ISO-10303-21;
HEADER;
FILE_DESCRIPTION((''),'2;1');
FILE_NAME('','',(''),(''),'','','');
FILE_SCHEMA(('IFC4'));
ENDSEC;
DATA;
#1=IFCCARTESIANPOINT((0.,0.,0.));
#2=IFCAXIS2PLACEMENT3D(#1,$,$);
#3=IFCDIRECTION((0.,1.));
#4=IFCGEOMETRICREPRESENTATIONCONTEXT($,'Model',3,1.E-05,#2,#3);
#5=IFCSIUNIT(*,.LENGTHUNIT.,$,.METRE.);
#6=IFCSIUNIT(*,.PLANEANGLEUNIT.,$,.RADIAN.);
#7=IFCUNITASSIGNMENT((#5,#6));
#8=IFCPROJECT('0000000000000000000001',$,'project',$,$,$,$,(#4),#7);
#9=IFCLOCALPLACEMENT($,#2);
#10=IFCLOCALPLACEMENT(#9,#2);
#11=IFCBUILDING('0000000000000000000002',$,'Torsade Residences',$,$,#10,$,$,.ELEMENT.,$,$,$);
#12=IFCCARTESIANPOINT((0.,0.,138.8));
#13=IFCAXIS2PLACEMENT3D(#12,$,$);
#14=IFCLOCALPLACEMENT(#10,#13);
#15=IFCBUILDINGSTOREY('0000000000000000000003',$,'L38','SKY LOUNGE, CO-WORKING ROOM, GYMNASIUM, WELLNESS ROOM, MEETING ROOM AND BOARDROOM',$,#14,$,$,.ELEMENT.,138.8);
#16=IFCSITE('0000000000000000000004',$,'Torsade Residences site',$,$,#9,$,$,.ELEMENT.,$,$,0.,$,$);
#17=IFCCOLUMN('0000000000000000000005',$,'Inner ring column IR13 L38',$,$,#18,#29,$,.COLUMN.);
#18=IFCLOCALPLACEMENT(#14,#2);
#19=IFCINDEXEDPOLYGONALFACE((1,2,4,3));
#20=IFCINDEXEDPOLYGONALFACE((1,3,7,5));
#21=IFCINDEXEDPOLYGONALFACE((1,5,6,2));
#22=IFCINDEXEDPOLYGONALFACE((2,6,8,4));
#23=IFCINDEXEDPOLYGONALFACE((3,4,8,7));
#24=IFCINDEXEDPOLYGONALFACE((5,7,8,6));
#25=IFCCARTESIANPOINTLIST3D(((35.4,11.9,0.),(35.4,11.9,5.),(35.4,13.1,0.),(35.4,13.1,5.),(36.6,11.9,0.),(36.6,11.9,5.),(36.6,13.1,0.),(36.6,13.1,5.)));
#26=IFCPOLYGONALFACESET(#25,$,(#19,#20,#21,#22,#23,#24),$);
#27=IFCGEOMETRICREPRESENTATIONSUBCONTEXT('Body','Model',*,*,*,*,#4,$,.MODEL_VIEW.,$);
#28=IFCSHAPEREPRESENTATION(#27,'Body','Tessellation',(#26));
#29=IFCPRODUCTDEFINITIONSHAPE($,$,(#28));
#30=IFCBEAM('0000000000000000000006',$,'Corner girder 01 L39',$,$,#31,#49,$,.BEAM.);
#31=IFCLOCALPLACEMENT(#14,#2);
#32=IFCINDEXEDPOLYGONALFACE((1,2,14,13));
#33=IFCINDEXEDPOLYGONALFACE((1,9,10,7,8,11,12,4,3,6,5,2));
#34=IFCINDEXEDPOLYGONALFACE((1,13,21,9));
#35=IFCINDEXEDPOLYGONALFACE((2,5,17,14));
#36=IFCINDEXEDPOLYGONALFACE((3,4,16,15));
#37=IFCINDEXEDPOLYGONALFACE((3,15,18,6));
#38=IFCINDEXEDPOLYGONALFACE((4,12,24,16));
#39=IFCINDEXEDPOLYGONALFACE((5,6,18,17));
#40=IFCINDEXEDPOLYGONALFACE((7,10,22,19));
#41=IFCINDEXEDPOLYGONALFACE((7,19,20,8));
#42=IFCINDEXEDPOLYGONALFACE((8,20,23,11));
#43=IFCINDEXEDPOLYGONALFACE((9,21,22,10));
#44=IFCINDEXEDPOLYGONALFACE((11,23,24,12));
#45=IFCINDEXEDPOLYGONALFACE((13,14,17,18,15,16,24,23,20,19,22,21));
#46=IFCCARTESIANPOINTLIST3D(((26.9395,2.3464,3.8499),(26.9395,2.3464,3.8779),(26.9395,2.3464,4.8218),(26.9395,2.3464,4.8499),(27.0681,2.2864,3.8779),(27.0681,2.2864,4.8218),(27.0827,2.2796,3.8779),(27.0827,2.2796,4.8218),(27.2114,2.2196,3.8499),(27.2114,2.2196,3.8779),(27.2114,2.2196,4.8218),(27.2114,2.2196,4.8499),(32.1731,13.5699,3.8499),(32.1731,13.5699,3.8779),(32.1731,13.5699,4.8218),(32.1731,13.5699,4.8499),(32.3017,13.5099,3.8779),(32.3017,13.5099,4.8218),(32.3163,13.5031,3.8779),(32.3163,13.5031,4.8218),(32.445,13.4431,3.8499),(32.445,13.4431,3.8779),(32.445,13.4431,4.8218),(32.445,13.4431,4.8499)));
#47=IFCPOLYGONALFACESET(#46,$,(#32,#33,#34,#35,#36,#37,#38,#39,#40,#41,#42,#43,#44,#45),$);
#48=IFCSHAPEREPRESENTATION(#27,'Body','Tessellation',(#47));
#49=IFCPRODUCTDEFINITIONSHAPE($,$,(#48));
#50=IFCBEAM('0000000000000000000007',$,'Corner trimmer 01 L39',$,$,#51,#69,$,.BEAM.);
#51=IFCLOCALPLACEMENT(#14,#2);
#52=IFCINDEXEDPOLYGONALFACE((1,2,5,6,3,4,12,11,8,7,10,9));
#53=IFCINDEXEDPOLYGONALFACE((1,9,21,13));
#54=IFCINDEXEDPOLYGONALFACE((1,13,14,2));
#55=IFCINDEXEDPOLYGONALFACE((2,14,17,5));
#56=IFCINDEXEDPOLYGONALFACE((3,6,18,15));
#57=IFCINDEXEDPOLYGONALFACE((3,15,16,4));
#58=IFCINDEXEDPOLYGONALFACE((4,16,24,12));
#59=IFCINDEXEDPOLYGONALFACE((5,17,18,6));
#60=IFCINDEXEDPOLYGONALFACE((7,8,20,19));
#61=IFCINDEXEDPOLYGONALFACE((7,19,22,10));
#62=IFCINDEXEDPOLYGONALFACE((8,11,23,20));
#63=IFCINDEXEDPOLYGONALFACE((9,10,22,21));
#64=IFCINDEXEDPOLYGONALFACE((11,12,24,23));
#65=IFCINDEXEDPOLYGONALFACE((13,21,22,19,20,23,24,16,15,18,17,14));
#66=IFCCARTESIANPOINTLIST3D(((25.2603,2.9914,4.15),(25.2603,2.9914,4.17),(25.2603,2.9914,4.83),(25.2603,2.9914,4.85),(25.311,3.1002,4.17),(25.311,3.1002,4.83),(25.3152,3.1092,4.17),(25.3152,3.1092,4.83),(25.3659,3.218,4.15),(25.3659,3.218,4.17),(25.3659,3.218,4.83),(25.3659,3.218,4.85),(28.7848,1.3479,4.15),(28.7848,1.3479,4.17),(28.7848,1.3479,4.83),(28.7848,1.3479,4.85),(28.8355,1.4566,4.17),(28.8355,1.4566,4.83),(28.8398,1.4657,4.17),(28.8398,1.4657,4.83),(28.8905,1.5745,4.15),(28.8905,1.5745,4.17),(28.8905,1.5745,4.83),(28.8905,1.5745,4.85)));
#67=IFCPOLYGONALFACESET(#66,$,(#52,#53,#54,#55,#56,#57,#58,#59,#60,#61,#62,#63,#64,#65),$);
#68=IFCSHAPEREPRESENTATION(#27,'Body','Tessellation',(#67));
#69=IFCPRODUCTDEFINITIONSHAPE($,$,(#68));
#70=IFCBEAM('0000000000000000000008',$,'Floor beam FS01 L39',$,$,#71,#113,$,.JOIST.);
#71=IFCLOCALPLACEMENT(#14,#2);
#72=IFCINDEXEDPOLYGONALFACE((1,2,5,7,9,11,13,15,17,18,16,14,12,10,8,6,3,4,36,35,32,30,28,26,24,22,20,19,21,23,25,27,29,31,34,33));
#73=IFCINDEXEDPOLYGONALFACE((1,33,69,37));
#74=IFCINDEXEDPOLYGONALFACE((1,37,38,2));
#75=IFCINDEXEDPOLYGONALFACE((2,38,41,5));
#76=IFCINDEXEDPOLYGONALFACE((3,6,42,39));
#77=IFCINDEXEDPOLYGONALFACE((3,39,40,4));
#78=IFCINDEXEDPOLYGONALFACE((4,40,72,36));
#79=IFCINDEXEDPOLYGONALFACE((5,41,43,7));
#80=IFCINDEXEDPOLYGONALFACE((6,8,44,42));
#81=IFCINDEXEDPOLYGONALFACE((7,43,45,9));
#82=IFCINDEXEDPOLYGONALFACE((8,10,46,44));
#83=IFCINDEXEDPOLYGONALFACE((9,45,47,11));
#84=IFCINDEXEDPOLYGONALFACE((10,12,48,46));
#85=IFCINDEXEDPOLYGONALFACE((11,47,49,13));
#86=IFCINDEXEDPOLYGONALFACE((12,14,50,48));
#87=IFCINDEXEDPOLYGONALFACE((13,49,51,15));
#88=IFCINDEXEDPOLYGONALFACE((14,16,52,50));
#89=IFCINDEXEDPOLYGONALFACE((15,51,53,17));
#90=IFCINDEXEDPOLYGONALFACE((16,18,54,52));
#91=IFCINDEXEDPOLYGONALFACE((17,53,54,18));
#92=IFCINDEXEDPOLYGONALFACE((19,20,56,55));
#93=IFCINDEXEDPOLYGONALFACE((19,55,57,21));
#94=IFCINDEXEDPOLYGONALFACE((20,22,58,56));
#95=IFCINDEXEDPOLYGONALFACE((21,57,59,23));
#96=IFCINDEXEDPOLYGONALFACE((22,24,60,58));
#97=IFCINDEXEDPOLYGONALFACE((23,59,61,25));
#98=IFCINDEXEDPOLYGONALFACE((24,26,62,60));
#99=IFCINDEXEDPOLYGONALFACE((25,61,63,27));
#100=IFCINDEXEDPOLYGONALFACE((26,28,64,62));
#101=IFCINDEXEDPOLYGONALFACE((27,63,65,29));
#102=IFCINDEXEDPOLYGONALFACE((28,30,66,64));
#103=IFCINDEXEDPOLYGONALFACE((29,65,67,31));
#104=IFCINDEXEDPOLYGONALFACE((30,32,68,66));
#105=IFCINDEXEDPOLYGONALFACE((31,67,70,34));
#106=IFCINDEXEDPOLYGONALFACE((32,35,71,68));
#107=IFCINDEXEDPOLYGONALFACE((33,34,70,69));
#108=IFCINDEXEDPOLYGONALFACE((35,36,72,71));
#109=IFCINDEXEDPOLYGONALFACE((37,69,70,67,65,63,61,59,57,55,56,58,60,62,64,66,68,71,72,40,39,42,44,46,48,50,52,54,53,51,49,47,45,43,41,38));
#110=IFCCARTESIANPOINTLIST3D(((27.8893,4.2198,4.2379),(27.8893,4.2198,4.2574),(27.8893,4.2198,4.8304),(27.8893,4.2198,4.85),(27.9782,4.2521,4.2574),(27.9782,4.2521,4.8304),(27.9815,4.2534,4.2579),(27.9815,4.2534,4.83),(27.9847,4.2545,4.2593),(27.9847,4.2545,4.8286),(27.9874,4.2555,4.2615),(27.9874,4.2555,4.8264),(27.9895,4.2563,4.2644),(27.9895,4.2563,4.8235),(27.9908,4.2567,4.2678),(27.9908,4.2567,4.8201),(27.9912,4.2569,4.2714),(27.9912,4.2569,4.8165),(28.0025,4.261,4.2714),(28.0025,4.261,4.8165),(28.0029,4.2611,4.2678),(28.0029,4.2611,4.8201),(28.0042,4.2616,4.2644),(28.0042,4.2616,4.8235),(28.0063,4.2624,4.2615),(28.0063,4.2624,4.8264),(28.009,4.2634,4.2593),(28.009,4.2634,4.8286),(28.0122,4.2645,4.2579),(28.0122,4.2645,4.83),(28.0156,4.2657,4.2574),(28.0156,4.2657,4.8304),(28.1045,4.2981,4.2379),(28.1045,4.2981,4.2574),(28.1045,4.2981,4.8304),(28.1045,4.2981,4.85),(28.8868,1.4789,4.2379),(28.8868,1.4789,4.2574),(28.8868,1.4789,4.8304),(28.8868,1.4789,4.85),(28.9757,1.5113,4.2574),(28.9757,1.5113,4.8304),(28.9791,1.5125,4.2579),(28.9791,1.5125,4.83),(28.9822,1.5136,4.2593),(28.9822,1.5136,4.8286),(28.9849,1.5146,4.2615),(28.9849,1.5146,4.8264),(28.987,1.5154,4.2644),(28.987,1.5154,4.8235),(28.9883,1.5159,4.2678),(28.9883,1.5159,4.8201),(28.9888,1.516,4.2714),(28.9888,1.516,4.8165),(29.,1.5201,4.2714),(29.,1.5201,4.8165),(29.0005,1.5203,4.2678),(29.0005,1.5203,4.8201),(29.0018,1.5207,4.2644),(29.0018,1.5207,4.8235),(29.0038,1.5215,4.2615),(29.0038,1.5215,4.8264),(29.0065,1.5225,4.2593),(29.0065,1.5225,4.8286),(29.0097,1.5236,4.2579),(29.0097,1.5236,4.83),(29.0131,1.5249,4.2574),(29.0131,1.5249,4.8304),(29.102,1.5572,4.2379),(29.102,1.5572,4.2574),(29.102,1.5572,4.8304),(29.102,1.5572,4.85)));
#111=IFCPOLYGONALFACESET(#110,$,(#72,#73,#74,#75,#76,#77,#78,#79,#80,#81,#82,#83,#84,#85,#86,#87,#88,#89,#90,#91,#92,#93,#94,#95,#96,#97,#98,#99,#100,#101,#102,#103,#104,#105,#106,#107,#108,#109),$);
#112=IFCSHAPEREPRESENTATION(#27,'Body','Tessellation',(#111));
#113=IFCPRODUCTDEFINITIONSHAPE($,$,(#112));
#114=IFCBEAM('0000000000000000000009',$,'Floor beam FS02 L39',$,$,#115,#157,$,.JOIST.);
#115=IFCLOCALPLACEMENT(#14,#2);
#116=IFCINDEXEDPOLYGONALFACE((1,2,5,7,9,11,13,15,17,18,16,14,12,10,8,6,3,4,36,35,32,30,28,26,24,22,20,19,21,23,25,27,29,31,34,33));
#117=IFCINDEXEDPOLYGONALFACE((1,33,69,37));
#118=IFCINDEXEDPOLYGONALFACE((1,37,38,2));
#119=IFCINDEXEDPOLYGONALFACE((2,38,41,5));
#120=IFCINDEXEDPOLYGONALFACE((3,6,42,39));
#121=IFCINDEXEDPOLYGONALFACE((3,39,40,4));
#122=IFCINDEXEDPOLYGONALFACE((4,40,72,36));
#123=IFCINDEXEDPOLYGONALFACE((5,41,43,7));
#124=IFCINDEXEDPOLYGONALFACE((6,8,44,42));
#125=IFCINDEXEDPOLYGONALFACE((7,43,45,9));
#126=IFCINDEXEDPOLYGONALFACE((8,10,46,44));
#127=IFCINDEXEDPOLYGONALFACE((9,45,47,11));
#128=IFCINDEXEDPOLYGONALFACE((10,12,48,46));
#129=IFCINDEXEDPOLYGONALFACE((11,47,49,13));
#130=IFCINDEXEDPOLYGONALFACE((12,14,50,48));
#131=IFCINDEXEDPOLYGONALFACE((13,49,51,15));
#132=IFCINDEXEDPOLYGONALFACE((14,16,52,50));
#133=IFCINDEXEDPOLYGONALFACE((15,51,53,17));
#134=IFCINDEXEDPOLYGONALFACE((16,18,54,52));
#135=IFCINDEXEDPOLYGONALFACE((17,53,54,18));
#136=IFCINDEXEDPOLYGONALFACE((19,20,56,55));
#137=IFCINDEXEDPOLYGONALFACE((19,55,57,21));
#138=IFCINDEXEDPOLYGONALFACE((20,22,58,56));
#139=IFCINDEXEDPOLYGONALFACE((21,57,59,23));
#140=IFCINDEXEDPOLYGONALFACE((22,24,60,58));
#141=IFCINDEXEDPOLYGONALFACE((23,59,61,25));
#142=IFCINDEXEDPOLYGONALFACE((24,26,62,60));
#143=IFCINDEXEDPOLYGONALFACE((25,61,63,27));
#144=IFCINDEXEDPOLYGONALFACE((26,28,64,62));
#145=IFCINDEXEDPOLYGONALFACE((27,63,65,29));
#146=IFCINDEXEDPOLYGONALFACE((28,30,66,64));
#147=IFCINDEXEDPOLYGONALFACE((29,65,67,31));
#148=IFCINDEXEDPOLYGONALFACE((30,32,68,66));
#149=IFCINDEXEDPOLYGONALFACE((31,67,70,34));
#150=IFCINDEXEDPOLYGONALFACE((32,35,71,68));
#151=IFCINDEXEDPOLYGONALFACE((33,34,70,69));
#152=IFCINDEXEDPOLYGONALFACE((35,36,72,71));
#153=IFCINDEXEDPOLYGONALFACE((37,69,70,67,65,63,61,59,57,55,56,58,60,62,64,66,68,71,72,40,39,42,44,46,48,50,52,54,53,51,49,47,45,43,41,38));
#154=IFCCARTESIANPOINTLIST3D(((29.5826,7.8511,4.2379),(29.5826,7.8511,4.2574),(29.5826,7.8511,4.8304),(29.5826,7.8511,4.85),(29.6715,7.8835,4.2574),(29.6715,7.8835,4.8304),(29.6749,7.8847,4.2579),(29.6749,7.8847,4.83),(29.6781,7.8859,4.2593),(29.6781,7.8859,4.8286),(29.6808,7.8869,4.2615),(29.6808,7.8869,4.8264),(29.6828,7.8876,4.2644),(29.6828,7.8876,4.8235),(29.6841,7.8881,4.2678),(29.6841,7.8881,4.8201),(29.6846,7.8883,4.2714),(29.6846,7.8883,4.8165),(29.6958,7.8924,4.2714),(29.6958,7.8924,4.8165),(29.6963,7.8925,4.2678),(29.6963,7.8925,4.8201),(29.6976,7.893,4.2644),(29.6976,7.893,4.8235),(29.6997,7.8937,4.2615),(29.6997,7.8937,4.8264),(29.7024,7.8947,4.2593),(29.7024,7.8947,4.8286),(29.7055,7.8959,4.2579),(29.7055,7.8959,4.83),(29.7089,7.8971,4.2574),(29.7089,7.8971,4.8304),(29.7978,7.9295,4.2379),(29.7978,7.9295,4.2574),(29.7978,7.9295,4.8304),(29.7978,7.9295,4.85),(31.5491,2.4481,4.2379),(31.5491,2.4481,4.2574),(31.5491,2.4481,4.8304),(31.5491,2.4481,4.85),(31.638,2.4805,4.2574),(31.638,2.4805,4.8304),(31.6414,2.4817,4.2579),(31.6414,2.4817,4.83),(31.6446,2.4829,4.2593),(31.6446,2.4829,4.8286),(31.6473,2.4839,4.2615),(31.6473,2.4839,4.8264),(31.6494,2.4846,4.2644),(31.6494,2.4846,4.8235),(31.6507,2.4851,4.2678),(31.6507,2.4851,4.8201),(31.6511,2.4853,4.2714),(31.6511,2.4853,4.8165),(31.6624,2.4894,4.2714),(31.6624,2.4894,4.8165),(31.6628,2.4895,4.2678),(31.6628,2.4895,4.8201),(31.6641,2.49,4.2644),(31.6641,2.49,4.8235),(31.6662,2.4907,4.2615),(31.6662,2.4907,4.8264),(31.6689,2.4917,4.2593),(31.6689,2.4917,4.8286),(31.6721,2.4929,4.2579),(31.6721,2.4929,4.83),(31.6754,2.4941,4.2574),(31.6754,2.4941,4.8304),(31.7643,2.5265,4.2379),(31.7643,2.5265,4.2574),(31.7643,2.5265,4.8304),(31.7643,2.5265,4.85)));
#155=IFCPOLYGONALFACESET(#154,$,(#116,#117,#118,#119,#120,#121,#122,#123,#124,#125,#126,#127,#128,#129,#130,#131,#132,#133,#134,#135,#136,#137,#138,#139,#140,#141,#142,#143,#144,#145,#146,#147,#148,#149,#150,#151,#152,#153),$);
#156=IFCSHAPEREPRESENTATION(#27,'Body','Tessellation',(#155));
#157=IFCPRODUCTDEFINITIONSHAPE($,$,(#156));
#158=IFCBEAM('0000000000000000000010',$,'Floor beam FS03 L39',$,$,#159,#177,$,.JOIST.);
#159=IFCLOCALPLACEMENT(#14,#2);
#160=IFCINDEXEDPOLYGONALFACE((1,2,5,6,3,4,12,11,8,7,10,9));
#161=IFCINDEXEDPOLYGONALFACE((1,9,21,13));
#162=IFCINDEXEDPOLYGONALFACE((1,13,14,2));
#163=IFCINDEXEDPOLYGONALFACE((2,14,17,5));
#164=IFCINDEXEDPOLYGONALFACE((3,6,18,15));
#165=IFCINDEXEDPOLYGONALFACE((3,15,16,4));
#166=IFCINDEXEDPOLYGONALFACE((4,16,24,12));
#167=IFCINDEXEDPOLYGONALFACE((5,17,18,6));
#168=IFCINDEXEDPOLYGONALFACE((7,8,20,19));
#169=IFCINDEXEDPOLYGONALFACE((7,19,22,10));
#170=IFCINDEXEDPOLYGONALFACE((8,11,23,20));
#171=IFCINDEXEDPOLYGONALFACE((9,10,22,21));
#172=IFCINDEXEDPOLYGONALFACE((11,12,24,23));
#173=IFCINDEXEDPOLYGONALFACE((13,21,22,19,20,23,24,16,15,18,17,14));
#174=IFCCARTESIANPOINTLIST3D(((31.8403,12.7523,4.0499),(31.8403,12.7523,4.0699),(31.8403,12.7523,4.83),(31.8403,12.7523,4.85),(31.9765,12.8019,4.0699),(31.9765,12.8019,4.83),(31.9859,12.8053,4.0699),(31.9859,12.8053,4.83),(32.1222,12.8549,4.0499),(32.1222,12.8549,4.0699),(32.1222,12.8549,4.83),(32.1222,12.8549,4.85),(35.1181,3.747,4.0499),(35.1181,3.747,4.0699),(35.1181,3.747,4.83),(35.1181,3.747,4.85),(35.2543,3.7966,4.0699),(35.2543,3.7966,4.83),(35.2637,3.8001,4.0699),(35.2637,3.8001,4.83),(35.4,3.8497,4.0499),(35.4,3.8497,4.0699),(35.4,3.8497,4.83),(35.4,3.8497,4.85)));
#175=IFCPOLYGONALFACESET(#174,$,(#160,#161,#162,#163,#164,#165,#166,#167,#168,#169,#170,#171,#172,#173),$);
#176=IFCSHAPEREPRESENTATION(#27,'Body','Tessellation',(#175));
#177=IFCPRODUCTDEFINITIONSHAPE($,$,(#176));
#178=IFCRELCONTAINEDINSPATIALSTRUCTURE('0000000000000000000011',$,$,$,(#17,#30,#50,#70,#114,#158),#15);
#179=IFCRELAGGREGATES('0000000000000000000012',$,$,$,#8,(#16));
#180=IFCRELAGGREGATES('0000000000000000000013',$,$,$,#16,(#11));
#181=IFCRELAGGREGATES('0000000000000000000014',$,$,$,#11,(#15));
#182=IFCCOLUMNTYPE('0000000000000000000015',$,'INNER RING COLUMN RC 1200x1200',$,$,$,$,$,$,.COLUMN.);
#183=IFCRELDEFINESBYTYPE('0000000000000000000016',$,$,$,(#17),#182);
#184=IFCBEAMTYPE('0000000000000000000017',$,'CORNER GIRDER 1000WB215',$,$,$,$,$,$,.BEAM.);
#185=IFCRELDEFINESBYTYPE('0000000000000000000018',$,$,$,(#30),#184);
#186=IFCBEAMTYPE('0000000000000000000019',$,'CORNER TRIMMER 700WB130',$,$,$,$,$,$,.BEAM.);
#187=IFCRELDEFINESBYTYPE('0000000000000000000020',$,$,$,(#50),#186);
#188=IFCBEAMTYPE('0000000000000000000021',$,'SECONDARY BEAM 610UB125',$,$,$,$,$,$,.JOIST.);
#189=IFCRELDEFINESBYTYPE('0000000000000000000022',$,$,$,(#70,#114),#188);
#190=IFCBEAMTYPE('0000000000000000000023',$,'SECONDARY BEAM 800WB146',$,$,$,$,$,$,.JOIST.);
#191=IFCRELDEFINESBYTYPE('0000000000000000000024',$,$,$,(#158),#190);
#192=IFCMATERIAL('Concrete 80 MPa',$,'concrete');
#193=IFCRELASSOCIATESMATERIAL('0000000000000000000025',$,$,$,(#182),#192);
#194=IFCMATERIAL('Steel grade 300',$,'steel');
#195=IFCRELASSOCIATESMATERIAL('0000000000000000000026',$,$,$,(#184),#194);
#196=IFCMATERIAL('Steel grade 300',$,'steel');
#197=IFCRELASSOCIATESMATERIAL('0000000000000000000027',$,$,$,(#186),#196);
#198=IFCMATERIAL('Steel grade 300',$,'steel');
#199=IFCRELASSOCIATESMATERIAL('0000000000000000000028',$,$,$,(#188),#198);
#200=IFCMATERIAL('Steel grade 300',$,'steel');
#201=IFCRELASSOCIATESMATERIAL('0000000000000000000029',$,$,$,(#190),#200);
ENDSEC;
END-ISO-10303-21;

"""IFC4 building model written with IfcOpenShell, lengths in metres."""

from ifc_helpers import new_model, si_unit, direction, frame, origin, origin_2d, place, context, subcontext, project, spatial, rectangle, i_section, extrude, material, material_profile, profile_set, type_object, element, save


model = new_model("IFC4")

# Units and contexts
model_context = context("Model", 3, precision=1e-05, world=origin(), true_north=direction((0.0, 1.0)))
body_context = subcontext(model_context, "Body", "Model", "MODEL_VIEW")
ifc_project = project(units=[si_unit("LENGTHUNIT", "METRE"), si_unit("PLANEANGLEUNIT", "RADIAN")], contexts=[model_context])

# Site, building, storey
site_placement = place(None, origin())
site = spatial("IfcSite", under=ifc_project, at=site_placement, Name="Torsade Residences site", CompositionType="ELEMENT", RefElevation=0.0)
building_placement = place(site_placement, origin())
building = spatial("IfcBuilding", under=site, at=building_placement, Name="Torsade Residences", CompositionType="ELEMENT")
storey_placement = place(building_placement, frame((0.0, 0.0, 138.8)))
storey = spatial("IfcBuildingStorey", under=building, at=storey_placement, Name="L38", Description="SKY LOUNGE, CO-WORKING ROOM, GYMNASIUM, WELLNESS ROOM, MEETING ROOM AND BOARDROOM", CompositionType="ELEMENT", Elevation=138.8)

# Column
ifc_material_1 = material(Name="Concrete 80 MPa", Category="concrete")
ifc_material_profile_1 = material_profile(ifc_material_1, rectangle(XDim=1.2, YDim=1.2, at=origin_2d()), Name="RC 1200x1200")
ifc_profile_set_1 = profile_set([ifc_material_profile_1], Name="Concrete 80 MPa")
column_type = type_object("IfcColumnType", Name="INNER RING COLUMN RC 1200x1200", PredefinedType="COLUMN", material=ifc_profile_set_1)
column_placement = place(storey_placement, frame((36.0, 12.5, 0.0), z_axis=(0.0, 0.0, 1.0), x_axis=(1.0, 0.0, 0.0)))
element("IfcColumn", 1, at=column_placement, inside=storey, type_object=column_type, Name="Inner ring column IR13 L38", PredefinedType="COLUMN", context=body_context, shape_type="SweptSolid", body=[
    extrude(rectangle(XDim=1.2, YDim=1.2, at=origin_2d()), origin(), (0.0, 0.0, 1.0), 5.0),
])

# Beams
ifc_material_2 = material(Name="Steel grade 300", Category="steel")
ifc_material_profile_2 = material_profile(ifc_material_2, i_section(OverallWidth=0.3, OverallDepth=1.0, WebThickness=0.0161, FlangeThickness=0.0281, at=origin_2d()), Name="1000WB215")
ifc_profile_set_2 = profile_set([ifc_material_profile_2], Name="Steel grade 300")
beam_type_1 = type_object("IfcBeamType", Name="CORNER GIRDER 1000WB215", PredefinedType="BEAM", material=ifc_profile_set_2)
beam_1_placement = place(storey_placement, frame((27.0754, 2.283, 4.3499), z_axis=(0.422617, 0.906309, 0.0), x_axis=(-0.906309, 0.422617, 0.0)))
element("IfcBeam", 2, at=beam_1_placement, inside=storey, type_object=beam_type_1, Name="Corner girder 01 L39", PredefinedType="BEAM", context=body_context, shape_type="SweptSolid", body=[
    extrude(i_section(OverallWidth=0.3, OverallDepth=1.0, WebThickness=0.0161, FlangeThickness=0.0281, at=origin_2d()), origin(), (0.0, 0.0, 1.0), 12.3838),
])
ifc_material_3 = material(Name="Steel grade 300", Category="steel")
ifc_material_profile_3 = material_profile(ifc_material_3, i_section(OverallWidth=0.25, OverallDepth=0.7, WebThickness=0.01, FlangeThickness=0.02, at=origin_2d()), Name="700WB130")
ifc_profile_set_3 = profile_set([ifc_material_profile_3], Name="Steel grade 300")
beam_type_2 = type_object("IfcBeamType", Name="CORNER TRIMMER 700WB130", PredefinedType="BEAM", material=ifc_profile_set_3)
beam_2_placement = place(storey_placement, frame((28.8376, 1.4612, 4.5), z_axis=(-0.90631, 0.422614, 0.0), x_axis=(-0.422614, -0.90631, 0.0)))
element("IfcBeam", 3, at=beam_2_placement, inside=storey, type_object=beam_type_2, Name="Corner trimmer 01 L39", PredefinedType="BEAM", context=body_context, shape_type="SweptSolid", body=[
    extrude(i_section(OverallWidth=0.25, OverallDepth=0.7, WebThickness=0.01, FlangeThickness=0.02, at=origin_2d()), origin(), (0.0, 0.0, 1.0), 3.8889),
])
ifc_material_4 = material(Name="Steel grade 300", Category="steel")
ifc_material_profile_4 = material_profile(ifc_material_4, i_section(OverallWidth=0.229, OverallDepth=0.6121, WebThickness=0.012, FlangeThickness=0.0195, FilletRadius=0.0139, at=origin_2d()), Name="610UB125")
ifc_profile_set_4 = profile_set([ifc_material_profile_4], Name="Steel grade 300")
beam_type_3 = type_object("IfcBeamType", Name="SECONDARY BEAM 610UB125", PredefinedType="JOIST", material=ifc_profile_set_4)
beam_3_placement = place(storey_placement, frame((28.9944, 1.5181, 4.5439), z_axis=(-0.341998, 0.939701, 0.0), x_axis=(-0.939701, -0.341998, 0.0)))
element("IfcBeam", 4, at=beam_3_placement, inside=storey, type_object=beam_type_3, Name="Floor beam FS01 L39", PredefinedType="JOIST", context=body_context, shape_type="SweptSolid", body=[
    extrude(i_section(OverallWidth=0.229, OverallDepth=0.6121, WebThickness=0.012, FlangeThickness=0.0195, FilletRadius=0.0139, at=origin_2d()), origin(), (0.0, 0.0, 1.0), 2.9167),
])
beam_4_placement = place(storey_placement, frame((31.6567, 2.4873, 4.5439), z_axis=(-0.342019, 0.939693, 0.0), x_axis=(-0.939693, -0.342019, 0.0)))
element("IfcBeam", 5, at=beam_4_placement, inside=storey, type_object=beam_type_3, Name="Floor beam FS02 L39", PredefinedType="JOIST", context=body_context, shape_type="SweptSolid", body=[
    extrude(i_section(OverallWidth=0.229, OverallDepth=0.6121, WebThickness=0.012, FlangeThickness=0.0195, FilletRadius=0.0139, at=origin_2d()), origin(), (0.0, 0.0, 1.0), 5.7498),
])
ifc_material_5 = material(Name="Steel grade 300", Category="steel")
ifc_material_profile_5 = material_profile(ifc_material_5, i_section(OverallWidth=0.3, OverallDepth=0.8, WebThickness=0.01, FlangeThickness=0.02, at=origin_2d()), Name="800WB146")
ifc_profile_set_5 = profile_set([ifc_material_profile_5], Name="Steel grade 300")
beam_type_4 = type_object("IfcBeamType", Name="SECONDARY BEAM 800WB146", PredefinedType="JOIST", material=ifc_profile_set_5)
beam_5_placement = place(storey_placement, frame((35.259, 3.7983, 4.45), z_axis=(-0.342034, 0.939688, 0.0), x_axis=(-0.939688, -0.342034, 0.0)))
element("IfcBeam", 6, at=beam_5_placement, inside=storey, type_object=beam_type_4, Name="Floor beam FS03 L39", PredefinedType="JOIST", context=body_context, shape_type="SweptSolid", body=[
    extrude(i_section(OverallWidth=0.3, OverallDepth=0.8, WebThickness=0.01, FlangeThickness=0.02, at=origin_2d()), origin(), (0.0, 0.0, 1.0), 9.5833),
])

save(model, "model.ifc")
